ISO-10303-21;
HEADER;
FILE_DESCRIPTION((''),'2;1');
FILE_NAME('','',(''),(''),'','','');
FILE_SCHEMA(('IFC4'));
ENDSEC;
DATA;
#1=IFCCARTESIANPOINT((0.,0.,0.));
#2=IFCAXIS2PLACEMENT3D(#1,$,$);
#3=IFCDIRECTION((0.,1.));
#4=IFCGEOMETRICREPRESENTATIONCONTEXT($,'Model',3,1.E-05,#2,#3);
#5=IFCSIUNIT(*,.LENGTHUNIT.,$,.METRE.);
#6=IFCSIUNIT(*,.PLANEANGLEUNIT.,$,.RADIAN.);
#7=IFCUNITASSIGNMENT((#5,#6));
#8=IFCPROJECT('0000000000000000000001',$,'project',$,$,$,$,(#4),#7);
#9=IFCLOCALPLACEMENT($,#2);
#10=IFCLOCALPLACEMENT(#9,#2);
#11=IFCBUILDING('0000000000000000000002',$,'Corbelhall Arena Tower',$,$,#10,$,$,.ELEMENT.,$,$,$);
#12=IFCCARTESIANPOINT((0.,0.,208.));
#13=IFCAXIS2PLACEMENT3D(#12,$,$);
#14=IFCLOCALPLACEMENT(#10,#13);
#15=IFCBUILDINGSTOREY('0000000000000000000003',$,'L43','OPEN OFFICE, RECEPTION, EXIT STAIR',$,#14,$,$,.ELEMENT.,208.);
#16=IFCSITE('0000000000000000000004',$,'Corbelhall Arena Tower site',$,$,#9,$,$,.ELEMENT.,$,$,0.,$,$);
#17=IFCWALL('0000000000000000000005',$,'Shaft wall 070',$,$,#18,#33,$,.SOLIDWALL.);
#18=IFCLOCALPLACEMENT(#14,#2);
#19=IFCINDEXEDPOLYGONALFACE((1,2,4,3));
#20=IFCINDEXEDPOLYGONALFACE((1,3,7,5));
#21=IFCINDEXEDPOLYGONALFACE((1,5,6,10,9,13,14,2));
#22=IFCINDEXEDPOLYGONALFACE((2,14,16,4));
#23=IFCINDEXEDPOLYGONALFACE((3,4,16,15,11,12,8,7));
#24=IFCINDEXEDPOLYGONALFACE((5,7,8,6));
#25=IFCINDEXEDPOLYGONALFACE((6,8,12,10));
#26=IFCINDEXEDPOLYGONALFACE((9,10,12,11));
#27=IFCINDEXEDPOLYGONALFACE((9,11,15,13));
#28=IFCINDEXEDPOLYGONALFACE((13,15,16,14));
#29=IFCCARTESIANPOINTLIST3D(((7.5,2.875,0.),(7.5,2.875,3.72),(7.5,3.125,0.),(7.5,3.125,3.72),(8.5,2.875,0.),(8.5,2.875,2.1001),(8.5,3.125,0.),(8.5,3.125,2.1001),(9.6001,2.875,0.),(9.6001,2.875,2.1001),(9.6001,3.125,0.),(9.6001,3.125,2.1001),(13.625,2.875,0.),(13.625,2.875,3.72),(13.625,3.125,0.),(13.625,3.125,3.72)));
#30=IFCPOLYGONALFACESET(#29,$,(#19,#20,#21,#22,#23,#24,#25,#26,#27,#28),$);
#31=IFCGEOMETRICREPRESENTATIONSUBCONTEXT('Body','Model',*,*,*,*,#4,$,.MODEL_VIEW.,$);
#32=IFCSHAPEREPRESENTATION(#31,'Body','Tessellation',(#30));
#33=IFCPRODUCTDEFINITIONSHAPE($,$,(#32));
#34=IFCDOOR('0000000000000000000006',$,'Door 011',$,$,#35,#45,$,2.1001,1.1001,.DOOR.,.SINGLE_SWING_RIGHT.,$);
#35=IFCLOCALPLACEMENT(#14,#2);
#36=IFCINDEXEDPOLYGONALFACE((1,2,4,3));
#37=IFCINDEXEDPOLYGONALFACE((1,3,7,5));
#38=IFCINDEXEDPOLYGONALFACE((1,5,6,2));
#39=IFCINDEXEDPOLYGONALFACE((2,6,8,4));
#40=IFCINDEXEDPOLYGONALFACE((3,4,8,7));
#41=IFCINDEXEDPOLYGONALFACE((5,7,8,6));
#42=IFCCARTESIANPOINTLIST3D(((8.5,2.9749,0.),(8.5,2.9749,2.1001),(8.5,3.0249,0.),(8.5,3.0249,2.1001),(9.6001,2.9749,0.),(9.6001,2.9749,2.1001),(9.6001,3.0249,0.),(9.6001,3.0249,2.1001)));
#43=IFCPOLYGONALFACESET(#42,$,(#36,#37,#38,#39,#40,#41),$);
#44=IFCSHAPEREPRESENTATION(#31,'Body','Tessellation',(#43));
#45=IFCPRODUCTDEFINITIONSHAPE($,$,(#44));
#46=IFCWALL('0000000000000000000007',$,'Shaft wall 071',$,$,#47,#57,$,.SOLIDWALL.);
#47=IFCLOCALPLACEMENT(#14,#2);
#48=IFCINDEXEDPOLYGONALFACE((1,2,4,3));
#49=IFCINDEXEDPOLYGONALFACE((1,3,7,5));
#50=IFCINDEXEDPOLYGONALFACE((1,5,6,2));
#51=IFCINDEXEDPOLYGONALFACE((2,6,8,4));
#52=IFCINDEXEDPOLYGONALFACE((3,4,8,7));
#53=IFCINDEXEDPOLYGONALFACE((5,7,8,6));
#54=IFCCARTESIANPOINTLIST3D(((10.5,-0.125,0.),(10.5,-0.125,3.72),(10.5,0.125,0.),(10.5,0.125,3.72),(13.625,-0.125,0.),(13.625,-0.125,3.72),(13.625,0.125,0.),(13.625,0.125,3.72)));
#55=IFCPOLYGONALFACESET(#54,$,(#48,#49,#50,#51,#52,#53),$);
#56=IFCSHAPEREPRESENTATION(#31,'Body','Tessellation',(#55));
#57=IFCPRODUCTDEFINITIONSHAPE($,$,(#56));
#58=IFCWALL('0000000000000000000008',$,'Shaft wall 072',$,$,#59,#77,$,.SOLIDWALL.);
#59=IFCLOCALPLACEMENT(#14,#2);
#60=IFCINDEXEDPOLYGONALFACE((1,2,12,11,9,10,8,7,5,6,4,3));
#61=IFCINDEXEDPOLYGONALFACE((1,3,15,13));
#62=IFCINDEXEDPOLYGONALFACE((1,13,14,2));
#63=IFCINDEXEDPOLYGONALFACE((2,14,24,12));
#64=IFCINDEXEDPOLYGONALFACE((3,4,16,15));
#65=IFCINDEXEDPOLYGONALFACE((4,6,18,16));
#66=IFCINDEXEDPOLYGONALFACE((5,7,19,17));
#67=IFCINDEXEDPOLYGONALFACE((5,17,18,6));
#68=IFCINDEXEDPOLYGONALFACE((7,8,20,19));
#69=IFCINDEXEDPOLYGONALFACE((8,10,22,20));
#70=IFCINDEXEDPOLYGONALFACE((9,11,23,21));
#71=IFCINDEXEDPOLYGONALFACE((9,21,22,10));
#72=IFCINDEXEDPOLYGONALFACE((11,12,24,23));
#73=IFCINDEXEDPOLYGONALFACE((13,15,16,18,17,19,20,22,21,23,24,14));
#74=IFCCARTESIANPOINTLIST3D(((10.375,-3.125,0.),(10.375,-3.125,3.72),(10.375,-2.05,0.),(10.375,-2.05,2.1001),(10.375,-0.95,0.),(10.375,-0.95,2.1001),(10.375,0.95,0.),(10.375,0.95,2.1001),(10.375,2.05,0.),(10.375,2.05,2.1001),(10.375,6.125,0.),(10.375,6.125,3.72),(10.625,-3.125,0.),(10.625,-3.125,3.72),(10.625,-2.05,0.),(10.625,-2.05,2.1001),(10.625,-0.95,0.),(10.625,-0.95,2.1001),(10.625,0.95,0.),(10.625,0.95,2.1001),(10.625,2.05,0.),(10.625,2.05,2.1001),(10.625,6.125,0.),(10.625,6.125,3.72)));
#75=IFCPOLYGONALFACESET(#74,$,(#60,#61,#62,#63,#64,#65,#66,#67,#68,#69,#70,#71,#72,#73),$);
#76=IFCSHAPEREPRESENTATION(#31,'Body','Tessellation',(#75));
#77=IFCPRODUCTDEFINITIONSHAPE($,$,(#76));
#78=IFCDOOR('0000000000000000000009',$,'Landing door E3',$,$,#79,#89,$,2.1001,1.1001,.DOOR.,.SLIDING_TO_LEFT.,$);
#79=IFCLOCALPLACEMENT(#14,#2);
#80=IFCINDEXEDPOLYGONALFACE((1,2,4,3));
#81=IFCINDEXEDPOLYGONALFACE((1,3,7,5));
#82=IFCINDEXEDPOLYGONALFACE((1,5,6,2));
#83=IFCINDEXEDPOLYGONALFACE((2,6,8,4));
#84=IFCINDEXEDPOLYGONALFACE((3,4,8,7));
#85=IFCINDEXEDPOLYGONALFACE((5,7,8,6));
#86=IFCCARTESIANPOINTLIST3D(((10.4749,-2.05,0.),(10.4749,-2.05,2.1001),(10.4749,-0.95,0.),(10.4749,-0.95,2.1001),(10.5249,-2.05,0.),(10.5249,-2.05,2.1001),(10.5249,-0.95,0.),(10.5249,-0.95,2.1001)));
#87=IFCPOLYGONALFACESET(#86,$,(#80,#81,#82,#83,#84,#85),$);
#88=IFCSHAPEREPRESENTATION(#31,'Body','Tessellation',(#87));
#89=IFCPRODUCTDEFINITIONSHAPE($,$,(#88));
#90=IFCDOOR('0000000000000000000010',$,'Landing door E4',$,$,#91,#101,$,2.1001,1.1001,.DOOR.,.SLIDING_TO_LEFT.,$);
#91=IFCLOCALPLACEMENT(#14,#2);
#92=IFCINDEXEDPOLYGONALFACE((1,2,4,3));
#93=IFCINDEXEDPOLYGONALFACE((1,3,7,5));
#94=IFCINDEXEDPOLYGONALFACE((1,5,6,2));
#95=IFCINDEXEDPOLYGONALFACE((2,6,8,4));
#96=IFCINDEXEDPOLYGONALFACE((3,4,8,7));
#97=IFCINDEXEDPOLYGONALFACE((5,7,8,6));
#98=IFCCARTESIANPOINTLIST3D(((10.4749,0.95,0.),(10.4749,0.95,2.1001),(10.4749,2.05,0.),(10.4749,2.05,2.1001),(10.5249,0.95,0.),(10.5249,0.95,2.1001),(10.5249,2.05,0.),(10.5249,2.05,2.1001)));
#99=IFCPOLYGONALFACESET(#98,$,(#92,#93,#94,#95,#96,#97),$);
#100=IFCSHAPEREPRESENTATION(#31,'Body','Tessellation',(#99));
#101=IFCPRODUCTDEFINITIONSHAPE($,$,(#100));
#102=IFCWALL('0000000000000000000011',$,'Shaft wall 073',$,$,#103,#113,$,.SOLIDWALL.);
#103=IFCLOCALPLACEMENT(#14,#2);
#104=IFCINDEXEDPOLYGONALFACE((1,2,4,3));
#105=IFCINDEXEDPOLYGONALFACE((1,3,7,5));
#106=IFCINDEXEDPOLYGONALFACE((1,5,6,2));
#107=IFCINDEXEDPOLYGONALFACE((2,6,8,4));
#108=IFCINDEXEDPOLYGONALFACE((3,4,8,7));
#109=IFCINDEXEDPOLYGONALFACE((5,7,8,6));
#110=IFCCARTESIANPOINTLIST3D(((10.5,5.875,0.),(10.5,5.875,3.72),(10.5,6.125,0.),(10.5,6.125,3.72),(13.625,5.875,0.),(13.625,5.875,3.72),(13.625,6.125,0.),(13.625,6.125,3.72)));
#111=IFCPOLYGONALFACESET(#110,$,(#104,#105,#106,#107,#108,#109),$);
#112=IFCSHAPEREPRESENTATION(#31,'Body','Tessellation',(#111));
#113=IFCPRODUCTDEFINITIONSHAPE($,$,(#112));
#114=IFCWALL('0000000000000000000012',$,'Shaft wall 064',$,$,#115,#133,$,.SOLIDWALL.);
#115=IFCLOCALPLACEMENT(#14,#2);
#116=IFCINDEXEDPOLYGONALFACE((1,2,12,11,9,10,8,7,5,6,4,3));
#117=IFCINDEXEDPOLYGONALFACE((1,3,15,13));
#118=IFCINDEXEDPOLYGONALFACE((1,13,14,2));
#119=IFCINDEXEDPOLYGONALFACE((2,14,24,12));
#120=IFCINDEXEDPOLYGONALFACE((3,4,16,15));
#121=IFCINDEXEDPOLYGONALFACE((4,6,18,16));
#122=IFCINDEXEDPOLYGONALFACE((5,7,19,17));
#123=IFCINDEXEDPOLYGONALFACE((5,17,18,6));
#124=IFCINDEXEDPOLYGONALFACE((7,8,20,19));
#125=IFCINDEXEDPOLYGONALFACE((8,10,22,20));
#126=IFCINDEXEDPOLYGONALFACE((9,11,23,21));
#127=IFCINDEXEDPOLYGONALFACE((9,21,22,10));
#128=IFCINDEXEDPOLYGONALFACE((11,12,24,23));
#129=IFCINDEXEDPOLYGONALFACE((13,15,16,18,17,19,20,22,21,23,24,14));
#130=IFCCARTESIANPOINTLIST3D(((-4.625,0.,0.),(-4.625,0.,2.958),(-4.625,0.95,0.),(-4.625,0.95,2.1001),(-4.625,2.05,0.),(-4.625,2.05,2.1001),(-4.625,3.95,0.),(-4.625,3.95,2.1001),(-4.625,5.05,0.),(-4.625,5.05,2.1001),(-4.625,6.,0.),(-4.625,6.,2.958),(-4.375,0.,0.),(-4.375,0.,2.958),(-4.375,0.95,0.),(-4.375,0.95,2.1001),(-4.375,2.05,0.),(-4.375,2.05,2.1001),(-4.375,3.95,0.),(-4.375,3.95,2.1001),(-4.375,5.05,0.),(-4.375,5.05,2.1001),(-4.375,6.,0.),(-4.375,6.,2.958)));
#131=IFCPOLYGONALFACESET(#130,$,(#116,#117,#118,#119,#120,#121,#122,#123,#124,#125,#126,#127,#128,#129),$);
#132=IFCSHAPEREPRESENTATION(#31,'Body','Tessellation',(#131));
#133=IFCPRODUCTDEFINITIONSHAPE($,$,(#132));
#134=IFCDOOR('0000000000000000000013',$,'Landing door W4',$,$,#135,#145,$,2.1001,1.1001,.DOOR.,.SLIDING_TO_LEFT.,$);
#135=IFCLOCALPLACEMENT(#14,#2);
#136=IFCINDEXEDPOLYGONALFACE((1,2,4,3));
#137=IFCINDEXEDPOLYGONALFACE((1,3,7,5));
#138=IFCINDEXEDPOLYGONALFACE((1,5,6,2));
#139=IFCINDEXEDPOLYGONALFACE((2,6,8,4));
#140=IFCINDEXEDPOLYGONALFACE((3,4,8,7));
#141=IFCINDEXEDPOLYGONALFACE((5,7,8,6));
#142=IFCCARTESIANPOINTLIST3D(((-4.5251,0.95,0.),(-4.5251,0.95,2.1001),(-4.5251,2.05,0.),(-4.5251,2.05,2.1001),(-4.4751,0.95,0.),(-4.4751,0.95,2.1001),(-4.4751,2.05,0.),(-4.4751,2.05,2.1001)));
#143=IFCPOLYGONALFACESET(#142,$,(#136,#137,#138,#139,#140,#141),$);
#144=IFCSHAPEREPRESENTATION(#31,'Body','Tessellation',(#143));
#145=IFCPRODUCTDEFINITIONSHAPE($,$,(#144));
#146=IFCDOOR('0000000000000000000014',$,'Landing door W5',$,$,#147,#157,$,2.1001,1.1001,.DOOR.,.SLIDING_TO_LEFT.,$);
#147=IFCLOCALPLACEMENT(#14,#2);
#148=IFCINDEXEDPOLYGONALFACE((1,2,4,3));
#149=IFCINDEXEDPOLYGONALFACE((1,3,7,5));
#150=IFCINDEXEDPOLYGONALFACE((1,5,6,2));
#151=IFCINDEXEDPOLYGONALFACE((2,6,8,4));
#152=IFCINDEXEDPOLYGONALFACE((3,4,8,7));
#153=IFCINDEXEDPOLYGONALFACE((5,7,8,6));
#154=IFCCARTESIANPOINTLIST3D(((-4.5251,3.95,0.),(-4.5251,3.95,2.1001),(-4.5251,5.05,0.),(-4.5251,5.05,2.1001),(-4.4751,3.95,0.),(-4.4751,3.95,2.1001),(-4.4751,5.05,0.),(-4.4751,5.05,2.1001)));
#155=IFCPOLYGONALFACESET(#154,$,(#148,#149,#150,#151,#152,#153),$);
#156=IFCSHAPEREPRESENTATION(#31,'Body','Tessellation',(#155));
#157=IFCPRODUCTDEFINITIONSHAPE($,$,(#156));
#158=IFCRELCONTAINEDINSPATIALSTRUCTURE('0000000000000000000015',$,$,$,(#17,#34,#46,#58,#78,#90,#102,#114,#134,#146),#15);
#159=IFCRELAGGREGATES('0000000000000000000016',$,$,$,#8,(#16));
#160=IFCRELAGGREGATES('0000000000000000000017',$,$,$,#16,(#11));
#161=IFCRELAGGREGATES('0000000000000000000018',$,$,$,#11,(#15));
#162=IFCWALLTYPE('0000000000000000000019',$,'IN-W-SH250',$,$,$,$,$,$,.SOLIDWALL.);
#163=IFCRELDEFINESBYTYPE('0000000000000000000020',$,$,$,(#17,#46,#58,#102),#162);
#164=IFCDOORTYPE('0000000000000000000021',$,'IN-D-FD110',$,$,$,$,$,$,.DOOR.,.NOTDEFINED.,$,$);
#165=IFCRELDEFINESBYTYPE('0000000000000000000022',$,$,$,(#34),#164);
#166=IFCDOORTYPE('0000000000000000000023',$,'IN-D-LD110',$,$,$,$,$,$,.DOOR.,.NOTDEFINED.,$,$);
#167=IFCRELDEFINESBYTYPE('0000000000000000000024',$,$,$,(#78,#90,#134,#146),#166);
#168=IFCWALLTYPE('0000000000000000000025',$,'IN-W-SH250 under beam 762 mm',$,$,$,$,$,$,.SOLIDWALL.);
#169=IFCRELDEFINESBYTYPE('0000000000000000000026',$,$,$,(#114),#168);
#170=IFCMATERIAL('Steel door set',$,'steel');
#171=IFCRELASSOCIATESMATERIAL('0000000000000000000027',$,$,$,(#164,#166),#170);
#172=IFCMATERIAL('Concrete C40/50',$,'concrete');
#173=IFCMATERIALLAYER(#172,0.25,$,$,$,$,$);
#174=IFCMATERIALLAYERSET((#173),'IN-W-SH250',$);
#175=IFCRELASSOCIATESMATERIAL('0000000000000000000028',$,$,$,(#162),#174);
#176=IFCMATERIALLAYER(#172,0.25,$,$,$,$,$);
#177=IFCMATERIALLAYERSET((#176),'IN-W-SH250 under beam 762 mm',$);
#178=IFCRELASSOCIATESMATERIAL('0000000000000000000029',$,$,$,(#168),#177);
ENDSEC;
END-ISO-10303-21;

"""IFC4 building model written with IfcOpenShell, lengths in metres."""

from ifc_helpers import new_model, si_unit, direction, frame, frame_2d, origin, place, context, subcontext, project, spatial, rectangle, extrude, material, layer, layer_set, type_object, element, fill, save


model = new_model("IFC4")

# Units and contexts
model_context = context("Model", 3, precision=1e-05, world=origin(), true_north=direction((0.0, 1.0)))
body_context = subcontext(model_context, "Body", "Model", "MODEL_VIEW")
ifc_project = project(units=[si_unit("LENGTHUNIT", "METRE"), si_unit("PLANEANGLEUNIT", "RADIAN")], contexts=[model_context])

# Site, building, storey
site_placement = place(None, origin())
site = spatial("IfcSite", under=ifc_project, at=site_placement, Name="Corbelhall Arena Tower site", CompositionType="ELEMENT", RefElevation=0.0)
building_placement = place(site_placement, origin())
building = spatial("IfcBuilding", under=site, at=building_placement, Name="Corbelhall Arena Tower", CompositionType="ELEMENT")
storey_placement = place(building_placement, frame((0.0, 0.0, 208.0)))
storey = spatial("IfcBuildingStorey", under=building, at=storey_placement, Name="L43", Description="OPEN OFFICE, RECEPTION, EXIT STAIR", CompositionType="ELEMENT", Elevation=208.0)

# Shared definitions
ifc_material_1 = material(Name="Concrete C40/50", Category="concrete")

# Shared definitions
ifc_material_2 = material(Name="Steel door set", Category="steel")
door_type_1 = type_object("IfcDoorType", Name="IN-D-FD110", OperationType="NOTDEFINED", PredefinedType="DOOR", material=ifc_material_2)

# Shared definitions
ifc_layer_1 = layer(ifc_material_1, 0.25)
ifc_layer_set_1 = layer_set([ifc_layer_1], Name="IN-W-SH250")
wall_type_1 = type_object("IfcWallType", Name="IN-W-SH250", PredefinedType="SOLIDWALL", material=ifc_layer_set_1)

# Wall, opening, door
wall_1_placement = place(storey_placement, frame((7.5, 3.0, 0.0), z_axis=(0.0, 0.0, 1.0), x_axis=(1.0, 0.0, 0.0)))
wall_1 = element("IfcWall", 1, at=wall_1_placement, inside=storey, type_object=wall_type_1, Name="Shaft wall 070", PredefinedType="SOLIDWALL", context=body_context, shape_type="SweptSolid", body=[
    extrude(rectangle(XDim=6.125, YDim=0.25, at=frame_2d((3.0625, 0.0))), origin(), (0.0, 0.0, 1.0), 3.72),
])
opening_1_placement = place(wall_1_placement, frame((1.0, 0.0, 0.0)))
opening_1 = element("IfcOpeningElement", 2, at=opening_1_placement, cuts=wall_1, PredefinedType="OPENING", context=body_context, shape_type="SweptSolid", body=[
    extrude(rectangle(XDim=1.1001, YDim=2.1001, at=frame_2d((0.55, 1.05))), frame((0.0, 0.125, 0.0), z_axis=(0.0, -1.0, 0.0), x_axis=(1.0, 0.0, 0.0)), (0.0, 0.0, 1.0), 0.25),
])
door_1_placement = place(opening_1_placement, origin())
door_1 = element("IfcDoor", 3, at=door_1_placement, inside=storey, type_object=door_type_1, Name="Door 011", OperationType="SINGLE_SWING_RIGHT", OverallHeight=2.1001, OverallWidth=1.1001, PredefinedType="DOOR", context=body_context, shape_type="SweptSolid", body=[
    extrude(rectangle(XDim=1.1001, YDim=2.1001, at=frame_2d((0.55, 1.05))), frame((0.0, 0.0249, 0.0), z_axis=(0.0, -1.0, 0.0), x_axis=(1.0, 0.0, 0.0)), (0.0, 0.0, 1.0), 0.05),
])
fill(opening_1, door_1)

# Wall
wall_2_placement = place(storey_placement, frame((10.5, 0.0, 0.0), z_axis=(0.0, 0.0, 1.0), x_axis=(1.0, 0.0, 0.0)))
element("IfcWall", 4, at=wall_2_placement, inside=storey, type_object=wall_type_1, Name="Shaft wall 071", PredefinedType="SOLIDWALL", context=body_context, shape_type="SweptSolid", body=[
    extrude(rectangle(XDim=3.125, YDim=0.25, at=frame_2d((1.5625, 0.0))), origin(), (0.0, 0.0, 1.0), 3.72),
])

# Wall, openings, doors
wall_3_placement = place(storey_placement, frame((10.5, 6.125, 0.0), z_axis=(0.0, 0.0, 1.0), x_axis=(0.0, -1.0, 0.0)))
wall_3 = element("IfcWall", 5, at=wall_3_placement, inside=storey, type_object=wall_type_1, Name="Shaft wall 072", PredefinedType="SOLIDWALL", context=body_context, shape_type="SweptSolid", body=[
    extrude(rectangle(XDim=9.25, YDim=0.25, at=frame_2d((4.625, 0.0))), origin(), (0.0, 0.0, 1.0), 3.72),
])
opening_2_placement = place(wall_3_placement, frame((7.075, 0.0, 0.0)))
opening_2 = element("IfcOpeningElement", 6, at=opening_2_placement, cuts=wall_3, PredefinedType="OPENING", context=body_context, shape_type="SweptSolid", body=[
    extrude(rectangle(XDim=1.1001, YDim=2.1001, at=frame_2d((0.55, 1.05))), frame((0.0, 0.125, 0.0), z_axis=(0.0, -1.0, 0.0), x_axis=(1.0, 0.0, 0.0)), (0.0, 0.0, 1.0), 0.25),
])
opening_3_placement = place(wall_3_placement, frame((4.075, 0.0, 0.0)))
opening_3 = element("IfcOpeningElement", 7, at=opening_3_placement, cuts=wall_3, PredefinedType="OPENING", context=body_context, shape_type="SweptSolid", body=[
    extrude(rectangle(XDim=1.1001, YDim=2.1001, at=frame_2d((0.55, 1.05))), frame((0.0, 0.125, 0.0), z_axis=(0.0, -1.0, 0.0), x_axis=(1.0, 0.0, 0.0)), (0.0, 0.0, 1.0), 0.25),
])
door_type_2 = type_object("IfcDoorType", Name="IN-D-LD110", OperationType="NOTDEFINED", PredefinedType="DOOR", material=ifc_material_2)
door_2_placement = place(opening_2_placement, origin())
door_2 = element("IfcDoor", 8, at=door_2_placement, inside=storey, type_object=door_type_2, Name="Landing door E3", OperationType="SLIDING_TO_LEFT", OverallHeight=2.1001, OverallWidth=1.1001, PredefinedType="DOOR", context=body_context, shape_type="SweptSolid", body=[
    extrude(rectangle(XDim=1.1001, YDim=2.1001, at=frame_2d((0.55, 1.05))), frame((0.0, 0.0249, 0.0), z_axis=(0.0, -1.0, 0.0), x_axis=(1.0, 0.0, 0.0)), (0.0, 0.0, 1.0), 0.05),
])
fill(opening_2, door_2)
door_3_placement = place(opening_3_placement, origin())
door_3 = element("IfcDoor", 9, at=door_3_placement, inside=storey, type_object=door_type_2, Name="Landing door E4", OperationType="SLIDING_TO_LEFT", OverallHeight=2.1001, OverallWidth=1.1001, PredefinedType="DOOR", context=body_context, shape_type="SweptSolid", body=[
    extrude(rectangle(XDim=1.1001, YDim=2.1001, at=frame_2d((0.55, 1.05))), frame((0.0, 0.0249, 0.0), z_axis=(0.0, -1.0, 0.0), x_axis=(1.0, 0.0, 0.0)), (0.0, 0.0, 1.0), 0.05),
])
fill(opening_3, door_3)

# Wall
wall_4_placement = place(storey_placement, frame((10.5, 6.0, 0.0), z_axis=(0.0, 0.0, 1.0), x_axis=(1.0, 0.0, 0.0)))
element("IfcWall", 10, at=wall_4_placement, inside=storey, type_object=wall_type_1, Name="Shaft wall 073", PredefinedType="SOLIDWALL", context=body_context, shape_type="SweptSolid", body=[
    extrude(rectangle(XDim=3.125, YDim=0.25, at=frame_2d((1.5625, 0.0))), origin(), (0.0, 0.0, 1.0), 3.72),
])

# Wall, openings, doors
ifc_layer_2 = layer(ifc_material_1, 0.25)
ifc_layer_set_2 = layer_set([ifc_layer_2], Name="IN-W-SH250 under beam 762 mm")
wall_type_2 = type_object("IfcWallType", Name="IN-W-SH250 under beam 762 mm", PredefinedType="SOLIDWALL", material=ifc_layer_set_2)
wall_5_placement = place(storey_placement, frame((-4.5, 6.0, 0.0), z_axis=(0.0, 0.0, 1.0), x_axis=(0.0, -1.0, 0.0)))
wall_5 = element("IfcWall", 11, at=wall_5_placement, inside=storey, type_object=wall_type_2, Name="Shaft wall 064", PredefinedType="SOLIDWALL", context=body_context, shape_type="SweptSolid", body=[
    extrude(rectangle(XDim=6.0, YDim=0.25, at=frame_2d((3.0, 0.0))), origin(), (0.0, 0.0, 1.0), 2.958),
])
opening_4_placement = place(wall_5_placement, frame((3.95, 0.0, 0.0)))
opening_4 = element("IfcOpeningElement", 12, at=opening_4_placement, cuts=wall_5, PredefinedType="OPENING", context=body_context, shape_type="SweptSolid", body=[
    extrude(rectangle(XDim=1.1001, YDim=2.1001, at=frame_2d((0.55, 1.05))), frame((0.0, 0.125, 0.0), z_axis=(0.0, -1.0, 0.0), x_axis=(1.0, 0.0, 0.0)), (0.0, 0.0, 1.0), 0.25),
])
opening_5_placement = place(wall_5_placement, frame((0.95, 0.0, 0.0)))
opening_5 = element("IfcOpeningElement", 13, at=opening_5_placement, cuts=wall_5, PredefinedType="OPENING", context=body_context, shape_type="SweptSolid", body=[
    extrude(rectangle(XDim=1.1001, YDim=2.1001, at=frame_2d((0.55, 1.05))), frame((0.0, 0.125, 0.0), z_axis=(0.0, -1.0, 0.0), x_axis=(1.0, 0.0, 0.0)), (0.0, 0.0, 1.0), 0.25),
])
door_4_placement = place(opening_4_placement, origin())
door_4 = element("IfcDoor", 14, at=door_4_placement, inside=storey, type_object=door_type_2, Name="Landing door W4", OperationType="SLIDING_TO_LEFT", OverallHeight=2.1001, OverallWidth=1.1001, PredefinedType="DOOR", context=body_context, shape_type="SweptSolid", body=[
    extrude(rectangle(XDim=1.1001, YDim=2.1001, at=frame_2d((0.55, 1.05))), frame((0.0, 0.0249, 0.0), z_axis=(0.0, -1.0, 0.0), x_axis=(1.0, 0.0, 0.0)), (0.0, 0.0, 1.0), 0.05),
])
fill(opening_4, door_4)
door_5_placement = place(opening_5_placement, origin())
door_5 = element("IfcDoor", 15, at=door_5_placement, inside=storey, type_object=door_type_2, Name="Landing door W5", OperationType="SLIDING_TO_LEFT", OverallHeight=2.1001, OverallWidth=1.1001, PredefinedType="DOOR", context=body_context, shape_type="SweptSolid", body=[
    extrude(rectangle(XDim=1.1001, YDim=2.1001, at=frame_2d((0.55, 1.05))), frame((0.0, 0.0249, 0.0), z_axis=(0.0, -1.0, 0.0), x_axis=(1.0, 0.0, 0.0)), (0.0, 0.0, 1.0), 0.05),
])
fill(opening_5, door_5)

save(model, "model.ifc")
